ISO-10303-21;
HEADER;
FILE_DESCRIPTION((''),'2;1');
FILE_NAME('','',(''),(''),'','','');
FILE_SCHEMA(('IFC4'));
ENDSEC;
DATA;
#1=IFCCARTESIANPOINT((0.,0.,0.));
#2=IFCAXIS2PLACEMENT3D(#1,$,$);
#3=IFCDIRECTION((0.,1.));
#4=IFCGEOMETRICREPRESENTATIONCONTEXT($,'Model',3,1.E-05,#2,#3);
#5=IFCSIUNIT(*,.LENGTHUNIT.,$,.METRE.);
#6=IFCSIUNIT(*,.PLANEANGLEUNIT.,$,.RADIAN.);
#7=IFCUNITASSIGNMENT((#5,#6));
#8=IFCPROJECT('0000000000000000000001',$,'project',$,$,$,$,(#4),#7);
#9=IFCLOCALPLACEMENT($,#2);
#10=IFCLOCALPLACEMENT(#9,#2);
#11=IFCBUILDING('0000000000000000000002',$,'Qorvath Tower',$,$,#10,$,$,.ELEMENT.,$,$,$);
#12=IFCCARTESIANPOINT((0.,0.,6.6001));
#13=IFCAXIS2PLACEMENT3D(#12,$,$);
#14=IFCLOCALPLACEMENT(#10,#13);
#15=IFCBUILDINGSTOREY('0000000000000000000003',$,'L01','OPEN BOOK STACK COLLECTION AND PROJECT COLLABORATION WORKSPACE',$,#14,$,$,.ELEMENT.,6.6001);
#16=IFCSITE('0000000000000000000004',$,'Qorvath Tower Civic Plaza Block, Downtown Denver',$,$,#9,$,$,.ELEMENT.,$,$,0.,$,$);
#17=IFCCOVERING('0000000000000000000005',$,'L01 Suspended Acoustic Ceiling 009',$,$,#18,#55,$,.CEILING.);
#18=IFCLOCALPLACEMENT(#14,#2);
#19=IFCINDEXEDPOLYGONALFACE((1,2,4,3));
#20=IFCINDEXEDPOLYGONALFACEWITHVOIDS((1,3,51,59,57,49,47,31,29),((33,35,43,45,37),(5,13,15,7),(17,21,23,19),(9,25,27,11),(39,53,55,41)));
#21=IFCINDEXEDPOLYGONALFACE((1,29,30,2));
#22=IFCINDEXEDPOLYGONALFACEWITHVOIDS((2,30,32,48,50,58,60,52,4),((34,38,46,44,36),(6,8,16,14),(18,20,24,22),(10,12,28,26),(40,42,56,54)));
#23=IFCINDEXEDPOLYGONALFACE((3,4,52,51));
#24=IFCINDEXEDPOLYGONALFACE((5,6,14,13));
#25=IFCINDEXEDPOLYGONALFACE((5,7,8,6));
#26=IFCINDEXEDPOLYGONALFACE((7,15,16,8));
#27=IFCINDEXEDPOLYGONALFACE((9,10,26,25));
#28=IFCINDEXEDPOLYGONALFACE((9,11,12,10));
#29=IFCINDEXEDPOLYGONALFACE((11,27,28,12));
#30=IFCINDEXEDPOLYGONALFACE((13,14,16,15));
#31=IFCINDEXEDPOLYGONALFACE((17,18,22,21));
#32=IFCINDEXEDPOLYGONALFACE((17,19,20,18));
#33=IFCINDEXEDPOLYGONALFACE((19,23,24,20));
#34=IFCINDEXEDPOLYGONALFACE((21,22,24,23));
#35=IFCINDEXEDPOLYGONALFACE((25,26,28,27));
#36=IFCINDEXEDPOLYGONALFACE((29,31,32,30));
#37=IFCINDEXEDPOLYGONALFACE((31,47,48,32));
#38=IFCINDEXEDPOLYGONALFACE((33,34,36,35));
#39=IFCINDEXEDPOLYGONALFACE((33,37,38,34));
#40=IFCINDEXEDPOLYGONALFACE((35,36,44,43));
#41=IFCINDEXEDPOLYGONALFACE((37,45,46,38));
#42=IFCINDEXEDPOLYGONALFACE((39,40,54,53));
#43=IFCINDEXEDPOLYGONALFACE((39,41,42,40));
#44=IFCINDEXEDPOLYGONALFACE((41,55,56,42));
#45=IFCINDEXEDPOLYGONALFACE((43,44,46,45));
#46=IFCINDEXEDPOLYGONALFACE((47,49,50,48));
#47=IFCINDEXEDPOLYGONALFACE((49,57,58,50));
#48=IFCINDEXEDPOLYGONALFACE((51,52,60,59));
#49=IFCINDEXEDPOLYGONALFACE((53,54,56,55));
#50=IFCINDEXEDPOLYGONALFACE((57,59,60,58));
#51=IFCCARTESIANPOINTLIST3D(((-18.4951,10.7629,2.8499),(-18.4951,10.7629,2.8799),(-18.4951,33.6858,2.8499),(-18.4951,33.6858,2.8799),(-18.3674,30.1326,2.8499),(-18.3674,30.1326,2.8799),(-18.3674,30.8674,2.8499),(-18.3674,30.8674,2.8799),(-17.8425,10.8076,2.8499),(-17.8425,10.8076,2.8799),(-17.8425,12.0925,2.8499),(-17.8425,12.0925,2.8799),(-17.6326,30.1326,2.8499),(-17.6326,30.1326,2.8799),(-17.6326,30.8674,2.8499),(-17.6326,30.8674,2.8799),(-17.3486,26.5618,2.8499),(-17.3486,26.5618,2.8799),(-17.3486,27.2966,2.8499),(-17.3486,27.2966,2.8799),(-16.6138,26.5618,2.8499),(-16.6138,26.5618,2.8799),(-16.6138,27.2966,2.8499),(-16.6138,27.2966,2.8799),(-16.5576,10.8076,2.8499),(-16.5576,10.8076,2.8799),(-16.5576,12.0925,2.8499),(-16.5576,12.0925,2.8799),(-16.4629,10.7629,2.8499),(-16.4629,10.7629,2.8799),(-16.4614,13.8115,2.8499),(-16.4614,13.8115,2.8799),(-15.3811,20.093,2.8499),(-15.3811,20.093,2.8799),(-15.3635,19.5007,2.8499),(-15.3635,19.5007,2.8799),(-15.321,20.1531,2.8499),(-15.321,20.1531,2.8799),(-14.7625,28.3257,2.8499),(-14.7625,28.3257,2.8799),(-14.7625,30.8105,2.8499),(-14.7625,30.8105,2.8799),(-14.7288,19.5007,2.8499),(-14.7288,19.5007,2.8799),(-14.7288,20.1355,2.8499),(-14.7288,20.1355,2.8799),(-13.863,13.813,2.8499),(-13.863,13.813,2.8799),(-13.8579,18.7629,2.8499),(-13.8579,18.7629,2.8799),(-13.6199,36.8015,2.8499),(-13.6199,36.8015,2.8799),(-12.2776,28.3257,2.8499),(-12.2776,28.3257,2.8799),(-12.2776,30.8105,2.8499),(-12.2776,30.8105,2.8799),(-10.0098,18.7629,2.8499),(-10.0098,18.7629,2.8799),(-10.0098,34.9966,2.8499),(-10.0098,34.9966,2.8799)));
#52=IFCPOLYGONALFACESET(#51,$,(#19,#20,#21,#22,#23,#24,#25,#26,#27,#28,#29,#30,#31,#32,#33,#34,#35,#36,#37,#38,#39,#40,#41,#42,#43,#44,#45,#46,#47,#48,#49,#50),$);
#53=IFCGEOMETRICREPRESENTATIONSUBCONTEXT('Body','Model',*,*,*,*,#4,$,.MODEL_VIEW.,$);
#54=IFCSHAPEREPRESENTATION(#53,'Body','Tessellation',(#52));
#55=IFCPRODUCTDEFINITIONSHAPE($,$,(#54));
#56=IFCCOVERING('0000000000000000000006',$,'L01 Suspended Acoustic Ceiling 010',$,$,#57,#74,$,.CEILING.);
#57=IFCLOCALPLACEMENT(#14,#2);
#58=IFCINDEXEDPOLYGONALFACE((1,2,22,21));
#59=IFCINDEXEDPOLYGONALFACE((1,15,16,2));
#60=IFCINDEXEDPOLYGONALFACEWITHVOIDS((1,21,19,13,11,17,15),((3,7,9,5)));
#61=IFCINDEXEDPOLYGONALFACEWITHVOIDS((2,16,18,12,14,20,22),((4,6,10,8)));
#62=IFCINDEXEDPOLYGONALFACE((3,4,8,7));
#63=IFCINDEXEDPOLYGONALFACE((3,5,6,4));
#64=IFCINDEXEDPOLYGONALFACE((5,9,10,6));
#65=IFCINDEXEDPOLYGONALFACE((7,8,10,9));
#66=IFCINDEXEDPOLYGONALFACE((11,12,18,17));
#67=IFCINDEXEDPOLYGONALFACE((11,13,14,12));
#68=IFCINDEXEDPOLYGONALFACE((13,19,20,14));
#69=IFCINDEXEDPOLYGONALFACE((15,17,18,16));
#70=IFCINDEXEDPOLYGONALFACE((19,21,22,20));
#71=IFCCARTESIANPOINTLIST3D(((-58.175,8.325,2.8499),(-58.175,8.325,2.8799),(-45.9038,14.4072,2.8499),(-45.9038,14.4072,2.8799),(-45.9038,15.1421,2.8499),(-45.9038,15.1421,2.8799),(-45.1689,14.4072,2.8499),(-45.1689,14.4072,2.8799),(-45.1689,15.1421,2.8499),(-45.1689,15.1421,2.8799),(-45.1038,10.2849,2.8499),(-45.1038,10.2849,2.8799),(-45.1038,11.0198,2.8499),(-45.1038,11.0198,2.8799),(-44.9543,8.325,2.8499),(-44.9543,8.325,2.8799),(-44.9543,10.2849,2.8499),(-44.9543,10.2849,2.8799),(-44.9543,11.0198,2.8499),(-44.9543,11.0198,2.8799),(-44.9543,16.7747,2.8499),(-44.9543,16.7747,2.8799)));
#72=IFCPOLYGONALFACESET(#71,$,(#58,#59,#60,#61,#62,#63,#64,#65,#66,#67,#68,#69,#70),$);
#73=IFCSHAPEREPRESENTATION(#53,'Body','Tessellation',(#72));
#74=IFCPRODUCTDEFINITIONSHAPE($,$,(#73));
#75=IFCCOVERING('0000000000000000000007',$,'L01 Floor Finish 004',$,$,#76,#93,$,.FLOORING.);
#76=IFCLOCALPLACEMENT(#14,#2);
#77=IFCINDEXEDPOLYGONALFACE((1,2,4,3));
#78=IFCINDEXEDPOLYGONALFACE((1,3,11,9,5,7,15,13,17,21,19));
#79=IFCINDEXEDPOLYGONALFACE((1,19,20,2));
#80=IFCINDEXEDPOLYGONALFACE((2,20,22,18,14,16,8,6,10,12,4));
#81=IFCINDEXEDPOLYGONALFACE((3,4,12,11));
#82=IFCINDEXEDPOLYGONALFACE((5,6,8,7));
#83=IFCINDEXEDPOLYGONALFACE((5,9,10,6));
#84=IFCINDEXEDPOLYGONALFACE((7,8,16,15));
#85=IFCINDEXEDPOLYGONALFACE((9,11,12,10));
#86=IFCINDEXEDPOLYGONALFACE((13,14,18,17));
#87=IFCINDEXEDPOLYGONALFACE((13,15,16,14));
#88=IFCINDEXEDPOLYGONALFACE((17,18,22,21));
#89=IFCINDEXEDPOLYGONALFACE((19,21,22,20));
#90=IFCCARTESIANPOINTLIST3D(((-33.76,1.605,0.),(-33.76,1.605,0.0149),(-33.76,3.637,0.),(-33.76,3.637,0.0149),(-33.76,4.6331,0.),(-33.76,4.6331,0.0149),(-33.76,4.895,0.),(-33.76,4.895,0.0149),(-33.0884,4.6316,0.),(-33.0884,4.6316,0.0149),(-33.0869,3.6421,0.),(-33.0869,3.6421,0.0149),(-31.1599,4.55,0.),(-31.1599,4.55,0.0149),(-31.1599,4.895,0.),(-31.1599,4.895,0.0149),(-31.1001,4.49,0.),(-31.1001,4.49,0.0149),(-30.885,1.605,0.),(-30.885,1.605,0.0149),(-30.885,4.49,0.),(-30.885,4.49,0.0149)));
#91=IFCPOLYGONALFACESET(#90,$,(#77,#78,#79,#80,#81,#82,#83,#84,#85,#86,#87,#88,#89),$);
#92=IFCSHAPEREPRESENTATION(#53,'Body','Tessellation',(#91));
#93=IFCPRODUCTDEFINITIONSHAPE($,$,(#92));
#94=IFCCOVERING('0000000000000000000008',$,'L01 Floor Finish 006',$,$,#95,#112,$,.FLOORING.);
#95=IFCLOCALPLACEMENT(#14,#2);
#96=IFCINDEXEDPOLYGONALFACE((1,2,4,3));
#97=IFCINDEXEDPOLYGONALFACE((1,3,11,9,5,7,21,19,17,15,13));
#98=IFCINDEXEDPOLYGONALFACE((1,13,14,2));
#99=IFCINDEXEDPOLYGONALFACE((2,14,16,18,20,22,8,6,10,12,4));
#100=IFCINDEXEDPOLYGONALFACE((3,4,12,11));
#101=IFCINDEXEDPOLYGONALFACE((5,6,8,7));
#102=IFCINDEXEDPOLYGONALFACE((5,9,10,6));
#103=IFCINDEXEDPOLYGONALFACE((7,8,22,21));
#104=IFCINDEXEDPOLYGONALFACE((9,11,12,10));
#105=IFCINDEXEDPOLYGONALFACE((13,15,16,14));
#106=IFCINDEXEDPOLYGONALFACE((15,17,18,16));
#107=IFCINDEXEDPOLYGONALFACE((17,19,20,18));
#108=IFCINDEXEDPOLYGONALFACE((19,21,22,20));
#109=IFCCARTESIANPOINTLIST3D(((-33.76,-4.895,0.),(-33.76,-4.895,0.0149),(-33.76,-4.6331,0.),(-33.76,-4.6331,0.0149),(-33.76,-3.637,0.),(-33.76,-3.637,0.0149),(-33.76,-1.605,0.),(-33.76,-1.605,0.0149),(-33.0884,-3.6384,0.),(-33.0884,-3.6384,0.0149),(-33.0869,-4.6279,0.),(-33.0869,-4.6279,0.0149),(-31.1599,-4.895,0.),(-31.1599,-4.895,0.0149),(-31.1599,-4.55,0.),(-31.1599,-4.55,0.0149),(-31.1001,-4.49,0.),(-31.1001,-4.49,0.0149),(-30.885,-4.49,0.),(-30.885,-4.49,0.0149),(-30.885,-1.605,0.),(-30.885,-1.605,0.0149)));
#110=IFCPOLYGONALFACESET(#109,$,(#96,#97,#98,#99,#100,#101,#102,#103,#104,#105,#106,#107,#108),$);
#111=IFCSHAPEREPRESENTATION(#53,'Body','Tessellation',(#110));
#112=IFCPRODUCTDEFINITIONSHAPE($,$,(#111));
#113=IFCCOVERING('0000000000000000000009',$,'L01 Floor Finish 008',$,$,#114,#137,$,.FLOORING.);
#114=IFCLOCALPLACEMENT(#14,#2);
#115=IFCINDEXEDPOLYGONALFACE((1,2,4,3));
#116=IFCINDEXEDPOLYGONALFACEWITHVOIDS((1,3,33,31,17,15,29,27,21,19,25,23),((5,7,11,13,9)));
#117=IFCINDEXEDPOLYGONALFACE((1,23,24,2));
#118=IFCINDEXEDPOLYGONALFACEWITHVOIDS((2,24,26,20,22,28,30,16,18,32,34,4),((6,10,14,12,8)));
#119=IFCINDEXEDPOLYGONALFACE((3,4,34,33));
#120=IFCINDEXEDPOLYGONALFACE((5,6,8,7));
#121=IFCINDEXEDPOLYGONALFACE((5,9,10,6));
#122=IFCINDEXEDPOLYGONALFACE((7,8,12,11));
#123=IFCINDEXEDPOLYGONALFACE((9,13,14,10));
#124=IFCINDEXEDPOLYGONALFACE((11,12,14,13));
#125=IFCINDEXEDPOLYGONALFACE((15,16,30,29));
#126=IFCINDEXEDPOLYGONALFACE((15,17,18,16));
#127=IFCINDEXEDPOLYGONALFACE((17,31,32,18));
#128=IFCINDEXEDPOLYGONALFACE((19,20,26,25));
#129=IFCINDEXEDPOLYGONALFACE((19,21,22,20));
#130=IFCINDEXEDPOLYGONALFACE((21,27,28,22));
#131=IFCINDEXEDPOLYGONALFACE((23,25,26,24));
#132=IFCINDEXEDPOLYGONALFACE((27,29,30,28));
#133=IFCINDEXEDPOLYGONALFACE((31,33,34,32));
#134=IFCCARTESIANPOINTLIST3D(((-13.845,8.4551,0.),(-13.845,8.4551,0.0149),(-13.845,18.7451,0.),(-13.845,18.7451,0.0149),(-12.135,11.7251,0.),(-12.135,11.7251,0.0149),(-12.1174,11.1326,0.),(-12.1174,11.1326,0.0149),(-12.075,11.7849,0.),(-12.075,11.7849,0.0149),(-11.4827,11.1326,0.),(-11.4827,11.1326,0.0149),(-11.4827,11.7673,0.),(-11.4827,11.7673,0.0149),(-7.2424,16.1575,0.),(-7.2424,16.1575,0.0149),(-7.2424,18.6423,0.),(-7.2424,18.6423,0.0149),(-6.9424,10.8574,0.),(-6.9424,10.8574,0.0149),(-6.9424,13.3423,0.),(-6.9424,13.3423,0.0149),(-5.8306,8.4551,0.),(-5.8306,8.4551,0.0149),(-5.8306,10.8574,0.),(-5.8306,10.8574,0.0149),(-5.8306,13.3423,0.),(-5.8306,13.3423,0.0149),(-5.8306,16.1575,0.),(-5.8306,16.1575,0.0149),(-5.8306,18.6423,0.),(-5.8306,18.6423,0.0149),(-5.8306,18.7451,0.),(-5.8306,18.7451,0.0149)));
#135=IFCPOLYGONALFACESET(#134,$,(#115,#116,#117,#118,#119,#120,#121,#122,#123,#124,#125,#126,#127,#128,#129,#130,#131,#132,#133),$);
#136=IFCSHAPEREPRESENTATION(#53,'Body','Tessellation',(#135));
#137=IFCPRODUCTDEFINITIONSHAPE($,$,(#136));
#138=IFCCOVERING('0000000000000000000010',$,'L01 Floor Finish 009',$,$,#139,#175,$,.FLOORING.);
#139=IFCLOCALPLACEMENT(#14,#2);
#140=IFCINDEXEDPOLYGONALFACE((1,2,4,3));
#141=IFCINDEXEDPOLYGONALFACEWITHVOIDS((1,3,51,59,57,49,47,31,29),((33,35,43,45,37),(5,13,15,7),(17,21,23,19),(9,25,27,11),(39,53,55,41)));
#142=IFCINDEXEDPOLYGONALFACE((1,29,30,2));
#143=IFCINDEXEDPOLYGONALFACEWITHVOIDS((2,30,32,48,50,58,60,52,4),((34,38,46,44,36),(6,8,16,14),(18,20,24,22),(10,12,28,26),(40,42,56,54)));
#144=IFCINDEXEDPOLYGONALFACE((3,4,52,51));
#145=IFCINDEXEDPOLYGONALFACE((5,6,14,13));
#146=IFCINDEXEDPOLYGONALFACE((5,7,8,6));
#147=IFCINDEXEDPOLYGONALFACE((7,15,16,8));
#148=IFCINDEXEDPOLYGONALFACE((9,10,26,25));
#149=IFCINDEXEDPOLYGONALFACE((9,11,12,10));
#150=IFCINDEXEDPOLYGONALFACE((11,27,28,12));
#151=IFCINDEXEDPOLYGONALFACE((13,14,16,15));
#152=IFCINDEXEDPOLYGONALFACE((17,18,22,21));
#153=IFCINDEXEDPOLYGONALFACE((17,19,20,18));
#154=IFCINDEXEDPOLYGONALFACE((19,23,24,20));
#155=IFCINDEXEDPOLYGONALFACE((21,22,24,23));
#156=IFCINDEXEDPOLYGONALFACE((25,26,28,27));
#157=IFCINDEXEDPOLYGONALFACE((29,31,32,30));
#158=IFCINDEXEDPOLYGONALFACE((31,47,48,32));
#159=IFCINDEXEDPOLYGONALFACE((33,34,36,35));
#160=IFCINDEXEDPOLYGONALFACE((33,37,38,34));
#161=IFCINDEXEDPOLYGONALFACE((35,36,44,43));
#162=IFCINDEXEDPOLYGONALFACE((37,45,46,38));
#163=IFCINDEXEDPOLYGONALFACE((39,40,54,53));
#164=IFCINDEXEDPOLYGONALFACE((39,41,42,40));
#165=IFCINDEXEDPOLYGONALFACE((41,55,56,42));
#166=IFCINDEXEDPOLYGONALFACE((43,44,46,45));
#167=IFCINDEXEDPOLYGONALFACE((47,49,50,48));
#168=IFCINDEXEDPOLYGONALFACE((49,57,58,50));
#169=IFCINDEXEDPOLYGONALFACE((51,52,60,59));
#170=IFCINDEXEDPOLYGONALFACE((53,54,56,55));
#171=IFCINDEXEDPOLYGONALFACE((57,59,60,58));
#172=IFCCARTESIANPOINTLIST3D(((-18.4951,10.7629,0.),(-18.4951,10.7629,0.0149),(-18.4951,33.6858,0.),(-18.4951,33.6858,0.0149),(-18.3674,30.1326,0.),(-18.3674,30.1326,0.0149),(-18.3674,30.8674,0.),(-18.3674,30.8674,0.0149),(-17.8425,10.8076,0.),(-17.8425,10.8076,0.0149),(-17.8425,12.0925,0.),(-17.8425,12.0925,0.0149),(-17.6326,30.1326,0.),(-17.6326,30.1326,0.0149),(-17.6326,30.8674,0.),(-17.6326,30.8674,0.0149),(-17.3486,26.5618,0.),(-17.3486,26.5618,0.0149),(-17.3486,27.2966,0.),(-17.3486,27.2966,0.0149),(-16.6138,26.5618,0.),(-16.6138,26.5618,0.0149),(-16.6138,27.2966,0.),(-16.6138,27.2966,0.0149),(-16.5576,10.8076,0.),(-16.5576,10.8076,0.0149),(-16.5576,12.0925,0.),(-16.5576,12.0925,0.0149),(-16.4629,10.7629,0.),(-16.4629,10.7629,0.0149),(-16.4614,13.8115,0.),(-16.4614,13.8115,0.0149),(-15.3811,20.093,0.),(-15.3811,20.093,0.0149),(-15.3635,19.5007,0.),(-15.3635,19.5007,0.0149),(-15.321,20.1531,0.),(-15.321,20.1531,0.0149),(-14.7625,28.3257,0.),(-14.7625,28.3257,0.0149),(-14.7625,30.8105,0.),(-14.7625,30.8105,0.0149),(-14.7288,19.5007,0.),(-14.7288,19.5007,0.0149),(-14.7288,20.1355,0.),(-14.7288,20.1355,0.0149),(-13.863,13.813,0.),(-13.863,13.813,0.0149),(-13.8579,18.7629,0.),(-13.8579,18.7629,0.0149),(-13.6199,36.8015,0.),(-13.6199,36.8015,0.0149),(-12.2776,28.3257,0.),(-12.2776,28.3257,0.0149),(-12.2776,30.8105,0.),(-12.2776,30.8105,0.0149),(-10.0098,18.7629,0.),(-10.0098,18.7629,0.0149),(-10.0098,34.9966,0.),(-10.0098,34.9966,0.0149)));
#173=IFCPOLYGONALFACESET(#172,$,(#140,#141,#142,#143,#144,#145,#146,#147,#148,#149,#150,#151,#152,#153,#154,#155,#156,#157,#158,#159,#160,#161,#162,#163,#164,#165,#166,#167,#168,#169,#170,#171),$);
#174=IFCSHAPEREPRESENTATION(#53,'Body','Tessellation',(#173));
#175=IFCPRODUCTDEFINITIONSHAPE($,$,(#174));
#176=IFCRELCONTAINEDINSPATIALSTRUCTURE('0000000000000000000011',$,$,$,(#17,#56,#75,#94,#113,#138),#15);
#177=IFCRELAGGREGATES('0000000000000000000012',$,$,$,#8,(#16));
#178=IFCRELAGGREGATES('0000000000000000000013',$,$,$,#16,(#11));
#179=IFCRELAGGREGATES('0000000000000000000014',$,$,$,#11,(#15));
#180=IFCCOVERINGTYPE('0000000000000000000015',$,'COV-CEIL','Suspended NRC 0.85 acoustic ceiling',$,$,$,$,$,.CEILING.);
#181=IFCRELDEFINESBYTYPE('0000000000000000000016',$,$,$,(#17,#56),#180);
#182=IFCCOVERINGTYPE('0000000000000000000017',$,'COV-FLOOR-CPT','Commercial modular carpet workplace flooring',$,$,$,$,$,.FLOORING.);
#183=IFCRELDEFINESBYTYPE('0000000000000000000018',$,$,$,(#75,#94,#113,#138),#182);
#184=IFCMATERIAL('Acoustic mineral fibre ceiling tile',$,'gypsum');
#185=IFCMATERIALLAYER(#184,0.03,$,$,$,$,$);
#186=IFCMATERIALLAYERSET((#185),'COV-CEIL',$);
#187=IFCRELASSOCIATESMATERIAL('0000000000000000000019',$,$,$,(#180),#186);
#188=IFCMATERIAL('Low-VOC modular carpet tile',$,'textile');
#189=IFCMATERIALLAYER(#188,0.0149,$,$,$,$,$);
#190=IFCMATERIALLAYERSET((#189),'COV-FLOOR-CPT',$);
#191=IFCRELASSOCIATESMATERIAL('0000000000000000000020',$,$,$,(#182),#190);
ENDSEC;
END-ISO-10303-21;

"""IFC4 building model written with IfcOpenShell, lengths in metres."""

from ifc_helpers import new_model, si_unit, direction, frame, origin, place, context, subcontext, project, spatial, polyline, outline, extrude, material, layer, layer_set, type_object, element, save


model = new_model("IFC4")

# Units and contexts
model_context = context("Model", 3, precision=1e-05, world=origin(), true_north=direction((0.0, 1.0)))
body_context = subcontext(model_context, "Body", "Model", "MODEL_VIEW")
ifc_project = project(units=[si_unit("LENGTHUNIT", "METRE"), si_unit("PLANEANGLEUNIT", "RADIAN")], contexts=[model_context])

# Site, building, storey
site_placement = place(None, origin())
site = spatial("IfcSite", under=ifc_project, at=site_placement, Name="Qorvath Tower Civic Plaza Block, Downtown Denver", CompositionType="ELEMENT", RefElevation=0.0)
building_placement = place(site_placement, origin())
building = spatial("IfcBuilding", under=site, at=building_placement, Name="Qorvath Tower", CompositionType="ELEMENT")
storey_placement = place(building_placement, frame((0.0, 0.0, 6.6001)))
storey = spatial("IfcBuildingStorey", under=building, at=storey_placement, Name="L01", Description="OPEN BOOK STACK COLLECTION AND PROJECT COLLABORATION WORKSPACE", CompositionType="ELEMENT", Elevation=6.6001)

# Coverings
ifc_material_1 = material(Name="Acoustic mineral fibre ceiling tile", Category="gypsum")
ifc_layer_1 = layer(ifc_material_1, 0.03)
ifc_layer_set_1 = layer_set([ifc_layer_1], Name="COV-CEIL")
covering_type_1 = type_object("IfcCoveringType", Name="COV-CEIL", Description="Suspended NRC 0.85 acoustic ceiling", PredefinedType="CEILING", material=ifc_layer_set_1)
covering_1_placement = place(storey_placement, frame((0.0, 0.0, 2.8499)))
element("IfcCovering", 1, at=covering_1_placement, inside=storey, type_object=covering_type_1, Name="L01 Suspended Acoustic Ceiling 009", PredefinedType="CEILING", context=body_context, shape_type="SweptSolid", body=[
    extrude(outline(polyline([(-10.0098, 18.7629), (-10.0098, 34.9966), (-13.6199, 36.8015), (-18.4951, 33.6858), (-18.4951, 10.7629), (-16.4629, 10.7629), (-16.4614, 13.8115), (-13.863, 13.813), (-13.8579, 18.7629), (-10.0098, 18.7629)]), holes=[polyline([(-14.7625, 30.8105), (-12.2776, 30.8105), (-12.2776, 28.3257), (-14.7625, 28.3257), (-14.7625, 30.8105)]), polyline([(-15.3811, 20.093), (-15.321, 20.1531), (-14.7288, 20.1355), (-14.7288, 19.5007), (-15.3635, 19.5007), (-15.3811, 20.093)]), polyline([(-17.8425, 12.0925), (-16.5576, 12.0925), (-16.5576, 10.8076), (-17.8425, 10.8076), (-17.8425, 12.0925)]), polyline([(-17.3486, 27.2966), (-16.6138, 27.2966), (-16.6138, 26.5618), (-17.3486, 26.5618), (-17.3486, 27.2966)]), polyline([(-18.3674, 30.8674), (-17.6326, 30.8674), (-17.6326, 30.1326), (-18.3674, 30.1326), (-18.3674, 30.8674)])]), origin(), (0.0, 0.0, 1.0), 0.03),
])
covering_2_placement = place(storey_placement, frame((0.0, 0.0, 2.8499)))
element("IfcCovering", 2, at=covering_2_placement, inside=storey, type_object=covering_type_1, Name="L01 Suspended Acoustic Ceiling 010", PredefinedType="CEILING", context=body_context, shape_type="SweptSolid", body=[
    extrude(outline(polyline([(-44.9543, 8.325), (-44.9543, 10.2849), (-45.1038, 10.2849), (-45.1038, 11.0198), (-44.9543, 11.0198), (-44.9543, 16.7747), (-58.175, 8.325), (-44.9543, 8.325)]), holes=[polyline([(-45.9038, 15.1421), (-45.1689, 15.1421), (-45.1689, 14.4072), (-45.9038, 14.4072), (-45.9038, 15.1421)])]), origin(), (0.0, 0.0, 1.0), 0.03),
])
ifc_material_2 = material(Name="Low-VOC modular carpet tile", Category="textile")
ifc_layer_2 = layer(ifc_material_2, 0.0149)
ifc_layer_set_2 = layer_set([ifc_layer_2], Name="COV-FLOOR-CPT")
covering_type_2 = type_object("IfcCoveringType", Name="COV-FLOOR-CPT", Description="Commercial modular carpet workplace flooring", PredefinedType="FLOORING", material=ifc_layer_set_2)
covering_3_placement = place(storey_placement, origin())
element("IfcCovering", 3, at=covering_3_placement, inside=storey, type_object=covering_type_2, Name="L01 Floor Finish 004", PredefinedType="FLOORING", context=body_context, shape_type="SweptSolid", body=[
    extrude(outline(polyline([(-31.1599, 4.895), (-33.76, 4.895), (-33.76, 4.6331), (-33.0884, 4.6316), (-33.0869, 3.6421), (-33.76, 3.637), (-33.76, 1.605), (-30.885, 1.605), (-30.885, 4.49), (-31.1001, 4.49), (-31.1599, 4.55), (-31.1599, 4.895)])), origin(), (0.0, 0.0, 1.0), 0.0149),
])
covering_4_placement = place(storey_placement, origin())
element("IfcCovering", 4, at=covering_4_placement, inside=storey, type_object=covering_type_2, Name="L01 Floor Finish 006", PredefinedType="FLOORING", context=body_context, shape_type="SweptSolid", body=[
    extrude(outline(polyline([(-30.885, -4.49), (-30.885, -1.605), (-33.76, -1.605), (-33.76, -3.637), (-33.0884, -3.6384), (-33.0869, -4.6279), (-33.76, -4.6331), (-33.76, -4.895), (-31.1599, -4.895), (-31.1599, -4.55), (-31.1001, -4.49), (-30.885, -4.49)])), origin(), (0.0, 0.0, 1.0), 0.0149),
])
covering_5_placement = place(storey_placement, origin())
element("IfcCovering", 5, at=covering_5_placement, inside=storey, type_object=covering_type_2, Name="L01 Floor Finish 008", PredefinedType="FLOORING", context=body_context, shape_type="SweptSolid", body=[
    extrude(outline(polyline([(-5.8306, 8.4551), (-5.8306, 10.8574), (-6.9424, 10.8574), (-6.9424, 13.3423), (-5.8306, 13.3423), (-5.8306, 16.1575), (-7.2424, 16.1575), (-7.2424, 18.6423), (-5.8306, 18.6423), (-5.8306, 18.7451), (-13.845, 18.7451), (-13.845, 8.4551), (-5.8306, 8.4551)]), holes=[polyline([(-12.135, 11.7251), (-12.075, 11.7849), (-11.4827, 11.7673), (-11.4827, 11.1326), (-12.1174, 11.1326), (-12.135, 11.7251)])]), origin(), (0.0, 0.0, 1.0), 0.0149),
])
covering_6_placement = place(storey_placement, origin())
element("IfcCovering", 6, at=covering_6_placement, inside=storey, type_object=covering_type_2, Name="L01 Floor Finish 009", PredefinedType="FLOORING", context=body_context, shape_type="SweptSolid", body=[
    extrude(outline(polyline([(-10.0098, 18.7629), (-10.0098, 34.9966), (-13.6199, 36.8015), (-18.4951, 33.6858), (-18.4951, 10.7629), (-16.4629, 10.7629), (-16.4614, 13.8115), (-13.863, 13.813), (-13.8579, 18.7629), (-10.0098, 18.7629)]), holes=[polyline([(-14.7625, 30.8105), (-12.2776, 30.8105), (-12.2776, 28.3257), (-14.7625, 28.3257), (-14.7625, 30.8105)]), polyline([(-15.3811, 20.093), (-15.321, 20.1531), (-14.7288, 20.1355), (-14.7288, 19.5007), (-15.3635, 19.5007), (-15.3811, 20.093)]), polyline([(-17.8425, 12.0925), (-16.5576, 12.0925), (-16.5576, 10.8076), (-17.8425, 10.8076), (-17.8425, 12.0925)]), polyline([(-17.3486, 27.2966), (-16.6138, 27.2966), (-16.6138, 26.5618), (-17.3486, 26.5618), (-17.3486, 27.2966)]), polyline([(-18.3674, 30.8674), (-17.6326, 30.8674), (-17.6326, 30.1326), (-18.3674, 30.1326), (-18.3674, 30.8674)])]), origin(), (0.0, 0.0, 1.0), 0.0149),
])

save(model, "model.ifc")
